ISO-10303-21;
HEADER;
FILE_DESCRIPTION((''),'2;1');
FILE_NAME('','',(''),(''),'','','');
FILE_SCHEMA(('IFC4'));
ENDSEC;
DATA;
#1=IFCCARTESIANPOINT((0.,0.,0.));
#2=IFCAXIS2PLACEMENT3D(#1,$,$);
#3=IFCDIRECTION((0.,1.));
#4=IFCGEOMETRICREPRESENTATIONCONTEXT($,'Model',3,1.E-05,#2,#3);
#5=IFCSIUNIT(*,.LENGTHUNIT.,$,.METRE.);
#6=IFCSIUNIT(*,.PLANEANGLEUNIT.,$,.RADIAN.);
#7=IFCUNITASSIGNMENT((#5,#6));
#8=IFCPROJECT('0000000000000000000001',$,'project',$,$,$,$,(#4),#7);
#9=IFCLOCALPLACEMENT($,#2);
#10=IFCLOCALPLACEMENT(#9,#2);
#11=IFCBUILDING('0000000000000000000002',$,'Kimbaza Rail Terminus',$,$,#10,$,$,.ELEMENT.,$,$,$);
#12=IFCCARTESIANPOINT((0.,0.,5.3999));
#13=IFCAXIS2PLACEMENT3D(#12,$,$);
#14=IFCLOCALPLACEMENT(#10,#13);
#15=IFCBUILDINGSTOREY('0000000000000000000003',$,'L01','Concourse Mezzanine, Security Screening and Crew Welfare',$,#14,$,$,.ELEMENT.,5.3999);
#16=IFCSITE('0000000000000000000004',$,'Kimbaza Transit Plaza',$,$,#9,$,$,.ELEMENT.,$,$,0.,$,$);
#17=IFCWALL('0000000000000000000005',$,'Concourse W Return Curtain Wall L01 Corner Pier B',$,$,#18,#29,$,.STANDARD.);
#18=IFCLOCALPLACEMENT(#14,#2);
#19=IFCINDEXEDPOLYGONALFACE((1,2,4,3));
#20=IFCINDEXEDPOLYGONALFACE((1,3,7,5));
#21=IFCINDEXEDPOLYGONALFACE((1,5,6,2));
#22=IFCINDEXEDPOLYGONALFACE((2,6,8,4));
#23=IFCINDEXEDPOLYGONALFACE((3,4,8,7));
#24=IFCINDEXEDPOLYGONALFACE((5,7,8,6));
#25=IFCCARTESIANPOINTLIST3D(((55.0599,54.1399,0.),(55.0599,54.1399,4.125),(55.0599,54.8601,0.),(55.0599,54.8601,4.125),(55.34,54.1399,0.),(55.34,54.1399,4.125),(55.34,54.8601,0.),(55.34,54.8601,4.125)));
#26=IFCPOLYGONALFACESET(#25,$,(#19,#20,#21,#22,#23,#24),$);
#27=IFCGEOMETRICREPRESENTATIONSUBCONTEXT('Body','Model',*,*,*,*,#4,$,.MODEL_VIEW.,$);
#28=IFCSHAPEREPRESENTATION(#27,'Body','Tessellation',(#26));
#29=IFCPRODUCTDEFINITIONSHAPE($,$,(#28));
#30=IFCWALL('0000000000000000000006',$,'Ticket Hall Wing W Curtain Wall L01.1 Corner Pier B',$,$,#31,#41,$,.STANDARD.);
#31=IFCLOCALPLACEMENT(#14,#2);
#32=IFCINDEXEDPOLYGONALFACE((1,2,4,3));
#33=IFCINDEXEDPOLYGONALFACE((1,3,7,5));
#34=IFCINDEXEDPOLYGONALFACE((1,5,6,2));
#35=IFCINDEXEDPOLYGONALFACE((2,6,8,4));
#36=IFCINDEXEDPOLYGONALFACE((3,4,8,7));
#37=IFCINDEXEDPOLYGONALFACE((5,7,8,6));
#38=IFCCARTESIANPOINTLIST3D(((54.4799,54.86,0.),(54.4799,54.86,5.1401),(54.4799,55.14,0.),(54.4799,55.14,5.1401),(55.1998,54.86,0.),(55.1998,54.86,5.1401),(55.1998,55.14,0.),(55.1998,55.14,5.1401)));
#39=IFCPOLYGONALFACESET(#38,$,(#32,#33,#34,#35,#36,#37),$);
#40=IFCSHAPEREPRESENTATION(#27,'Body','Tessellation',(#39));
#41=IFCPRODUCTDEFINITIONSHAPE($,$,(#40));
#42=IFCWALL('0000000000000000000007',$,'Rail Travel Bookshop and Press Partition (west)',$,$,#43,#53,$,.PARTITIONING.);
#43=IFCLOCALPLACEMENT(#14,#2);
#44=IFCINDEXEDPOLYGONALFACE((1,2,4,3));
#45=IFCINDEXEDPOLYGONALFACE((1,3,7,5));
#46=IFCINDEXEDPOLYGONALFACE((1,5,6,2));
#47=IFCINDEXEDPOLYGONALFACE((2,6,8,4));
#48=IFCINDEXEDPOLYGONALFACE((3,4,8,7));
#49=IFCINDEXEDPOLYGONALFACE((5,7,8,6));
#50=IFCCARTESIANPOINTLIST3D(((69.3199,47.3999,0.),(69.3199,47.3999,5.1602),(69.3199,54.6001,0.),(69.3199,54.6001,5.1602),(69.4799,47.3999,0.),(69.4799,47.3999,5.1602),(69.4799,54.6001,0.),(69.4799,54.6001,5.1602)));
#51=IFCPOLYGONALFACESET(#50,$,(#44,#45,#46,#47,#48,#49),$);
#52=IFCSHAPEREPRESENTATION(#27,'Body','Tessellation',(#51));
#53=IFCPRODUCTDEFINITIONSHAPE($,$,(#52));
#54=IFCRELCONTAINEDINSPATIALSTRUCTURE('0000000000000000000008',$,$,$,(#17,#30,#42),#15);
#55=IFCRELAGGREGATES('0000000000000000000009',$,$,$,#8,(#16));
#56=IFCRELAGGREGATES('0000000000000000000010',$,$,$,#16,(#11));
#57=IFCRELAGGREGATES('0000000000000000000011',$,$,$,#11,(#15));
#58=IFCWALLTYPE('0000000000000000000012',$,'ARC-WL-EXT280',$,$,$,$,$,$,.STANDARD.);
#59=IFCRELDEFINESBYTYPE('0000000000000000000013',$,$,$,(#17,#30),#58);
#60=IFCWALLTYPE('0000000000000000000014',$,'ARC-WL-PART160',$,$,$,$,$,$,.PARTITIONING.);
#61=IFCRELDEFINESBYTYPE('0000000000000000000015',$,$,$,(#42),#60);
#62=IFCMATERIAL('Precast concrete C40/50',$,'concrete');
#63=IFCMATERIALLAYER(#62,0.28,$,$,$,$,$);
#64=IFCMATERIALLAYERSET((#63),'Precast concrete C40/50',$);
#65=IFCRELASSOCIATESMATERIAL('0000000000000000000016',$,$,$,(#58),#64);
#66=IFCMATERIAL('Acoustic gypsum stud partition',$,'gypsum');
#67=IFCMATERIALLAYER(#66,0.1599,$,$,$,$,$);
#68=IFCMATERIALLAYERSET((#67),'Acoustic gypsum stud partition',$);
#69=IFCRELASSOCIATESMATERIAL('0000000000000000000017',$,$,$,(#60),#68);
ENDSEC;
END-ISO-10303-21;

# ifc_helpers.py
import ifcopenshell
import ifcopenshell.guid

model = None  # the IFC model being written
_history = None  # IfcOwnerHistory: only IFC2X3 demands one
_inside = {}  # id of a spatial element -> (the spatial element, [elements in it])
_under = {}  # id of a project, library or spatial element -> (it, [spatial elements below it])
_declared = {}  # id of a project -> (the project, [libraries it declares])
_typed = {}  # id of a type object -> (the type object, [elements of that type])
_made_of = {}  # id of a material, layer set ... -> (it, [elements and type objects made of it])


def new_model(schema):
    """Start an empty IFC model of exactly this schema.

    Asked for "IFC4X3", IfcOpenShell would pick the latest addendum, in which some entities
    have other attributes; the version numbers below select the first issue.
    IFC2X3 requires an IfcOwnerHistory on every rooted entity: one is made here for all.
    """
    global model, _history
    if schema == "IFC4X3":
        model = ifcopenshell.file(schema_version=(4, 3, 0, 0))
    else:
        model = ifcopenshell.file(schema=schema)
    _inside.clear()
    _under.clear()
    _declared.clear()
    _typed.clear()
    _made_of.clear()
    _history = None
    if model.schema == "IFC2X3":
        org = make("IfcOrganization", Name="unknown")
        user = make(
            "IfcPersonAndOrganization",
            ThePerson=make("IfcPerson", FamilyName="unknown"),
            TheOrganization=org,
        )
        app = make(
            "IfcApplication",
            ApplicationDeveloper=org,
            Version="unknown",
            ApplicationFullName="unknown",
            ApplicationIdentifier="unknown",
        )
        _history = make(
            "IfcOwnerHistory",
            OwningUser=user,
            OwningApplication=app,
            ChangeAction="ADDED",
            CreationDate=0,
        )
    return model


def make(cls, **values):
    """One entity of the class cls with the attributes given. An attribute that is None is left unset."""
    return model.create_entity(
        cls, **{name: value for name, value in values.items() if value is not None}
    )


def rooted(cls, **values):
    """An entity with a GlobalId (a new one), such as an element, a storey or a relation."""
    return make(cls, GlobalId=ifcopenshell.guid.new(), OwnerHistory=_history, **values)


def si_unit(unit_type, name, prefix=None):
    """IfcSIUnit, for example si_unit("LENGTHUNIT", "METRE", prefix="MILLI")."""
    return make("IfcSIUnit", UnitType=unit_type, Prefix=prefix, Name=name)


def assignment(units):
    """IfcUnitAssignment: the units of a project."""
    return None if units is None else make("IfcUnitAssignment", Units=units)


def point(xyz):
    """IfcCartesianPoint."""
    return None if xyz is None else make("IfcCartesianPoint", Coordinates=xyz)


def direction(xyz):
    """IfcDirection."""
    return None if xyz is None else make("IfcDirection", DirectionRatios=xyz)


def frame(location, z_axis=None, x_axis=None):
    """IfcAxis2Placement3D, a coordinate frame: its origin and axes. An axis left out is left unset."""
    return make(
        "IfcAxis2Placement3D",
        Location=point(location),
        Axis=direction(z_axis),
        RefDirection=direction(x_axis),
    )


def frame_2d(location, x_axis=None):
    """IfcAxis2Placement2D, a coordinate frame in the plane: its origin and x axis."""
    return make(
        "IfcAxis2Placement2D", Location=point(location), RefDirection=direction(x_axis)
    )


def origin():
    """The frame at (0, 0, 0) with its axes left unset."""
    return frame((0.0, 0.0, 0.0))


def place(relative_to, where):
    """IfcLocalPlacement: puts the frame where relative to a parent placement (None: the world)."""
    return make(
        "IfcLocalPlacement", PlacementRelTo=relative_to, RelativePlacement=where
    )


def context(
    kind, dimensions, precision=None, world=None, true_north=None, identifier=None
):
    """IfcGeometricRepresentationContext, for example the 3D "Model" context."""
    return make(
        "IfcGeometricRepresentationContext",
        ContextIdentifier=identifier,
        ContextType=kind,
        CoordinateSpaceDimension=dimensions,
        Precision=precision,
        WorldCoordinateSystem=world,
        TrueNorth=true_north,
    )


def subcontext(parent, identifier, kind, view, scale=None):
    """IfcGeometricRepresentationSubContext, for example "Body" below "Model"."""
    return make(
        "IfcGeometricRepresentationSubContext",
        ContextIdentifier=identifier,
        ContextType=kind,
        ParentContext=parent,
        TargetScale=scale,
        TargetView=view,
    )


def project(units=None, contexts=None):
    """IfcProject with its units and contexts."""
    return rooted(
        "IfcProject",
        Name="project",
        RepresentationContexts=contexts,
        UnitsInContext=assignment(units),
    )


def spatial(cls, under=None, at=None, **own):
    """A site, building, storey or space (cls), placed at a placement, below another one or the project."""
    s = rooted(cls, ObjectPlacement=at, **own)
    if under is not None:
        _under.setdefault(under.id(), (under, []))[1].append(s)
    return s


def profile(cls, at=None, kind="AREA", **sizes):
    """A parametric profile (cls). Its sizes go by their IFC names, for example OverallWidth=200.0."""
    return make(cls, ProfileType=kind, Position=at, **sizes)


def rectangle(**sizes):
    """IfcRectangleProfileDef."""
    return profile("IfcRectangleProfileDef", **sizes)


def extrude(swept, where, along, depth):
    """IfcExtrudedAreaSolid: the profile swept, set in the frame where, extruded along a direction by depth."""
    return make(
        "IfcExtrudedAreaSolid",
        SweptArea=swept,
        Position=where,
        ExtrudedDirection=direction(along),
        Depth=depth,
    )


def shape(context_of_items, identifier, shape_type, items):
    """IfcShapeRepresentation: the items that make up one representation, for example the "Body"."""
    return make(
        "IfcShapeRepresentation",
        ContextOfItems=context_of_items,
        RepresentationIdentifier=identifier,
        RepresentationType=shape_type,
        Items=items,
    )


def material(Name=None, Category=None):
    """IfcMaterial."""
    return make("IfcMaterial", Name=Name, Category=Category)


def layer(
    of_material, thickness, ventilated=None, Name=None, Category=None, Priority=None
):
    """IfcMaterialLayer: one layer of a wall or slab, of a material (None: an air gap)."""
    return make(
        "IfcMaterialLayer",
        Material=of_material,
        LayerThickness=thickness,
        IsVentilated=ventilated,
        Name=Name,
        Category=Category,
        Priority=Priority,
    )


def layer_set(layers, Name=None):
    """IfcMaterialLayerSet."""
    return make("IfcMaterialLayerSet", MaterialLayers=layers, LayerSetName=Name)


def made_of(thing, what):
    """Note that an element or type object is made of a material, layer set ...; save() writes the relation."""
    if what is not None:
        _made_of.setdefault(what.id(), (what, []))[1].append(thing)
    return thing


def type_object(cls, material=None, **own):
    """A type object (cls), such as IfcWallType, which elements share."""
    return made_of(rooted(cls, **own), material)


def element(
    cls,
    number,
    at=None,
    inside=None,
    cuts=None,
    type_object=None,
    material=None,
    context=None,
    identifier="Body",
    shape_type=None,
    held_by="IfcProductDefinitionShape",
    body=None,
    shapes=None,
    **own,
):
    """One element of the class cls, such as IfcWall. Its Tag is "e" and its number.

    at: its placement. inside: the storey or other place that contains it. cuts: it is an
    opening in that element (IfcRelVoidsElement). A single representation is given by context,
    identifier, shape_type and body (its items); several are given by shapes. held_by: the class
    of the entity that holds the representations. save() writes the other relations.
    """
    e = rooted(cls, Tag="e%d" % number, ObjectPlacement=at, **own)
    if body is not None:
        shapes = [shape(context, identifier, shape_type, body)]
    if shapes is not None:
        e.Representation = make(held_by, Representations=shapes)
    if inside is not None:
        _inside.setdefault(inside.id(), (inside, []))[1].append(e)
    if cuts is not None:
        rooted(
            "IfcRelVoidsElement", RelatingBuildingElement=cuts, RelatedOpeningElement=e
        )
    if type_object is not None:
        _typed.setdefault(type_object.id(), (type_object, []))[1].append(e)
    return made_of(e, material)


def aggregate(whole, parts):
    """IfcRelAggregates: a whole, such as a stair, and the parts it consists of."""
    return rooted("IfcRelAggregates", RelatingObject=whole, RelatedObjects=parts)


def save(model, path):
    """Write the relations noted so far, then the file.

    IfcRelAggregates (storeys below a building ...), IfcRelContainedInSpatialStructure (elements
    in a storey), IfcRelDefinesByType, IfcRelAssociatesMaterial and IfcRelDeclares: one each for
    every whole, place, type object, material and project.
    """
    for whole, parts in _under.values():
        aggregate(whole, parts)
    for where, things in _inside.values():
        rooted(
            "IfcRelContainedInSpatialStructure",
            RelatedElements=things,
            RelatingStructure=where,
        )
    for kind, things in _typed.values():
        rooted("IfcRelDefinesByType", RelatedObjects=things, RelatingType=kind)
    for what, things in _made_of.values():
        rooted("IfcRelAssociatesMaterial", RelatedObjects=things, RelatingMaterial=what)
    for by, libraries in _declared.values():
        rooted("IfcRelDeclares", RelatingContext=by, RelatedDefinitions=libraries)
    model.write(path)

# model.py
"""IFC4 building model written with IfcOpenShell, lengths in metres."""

from ifc_helpers import new_model, si_unit, direction, frame, frame_2d, origin, place, context, subcontext, project, spatial, rectangle, extrude, material, layer, layer_set, type_object, element, save


model = new_model("IFC4")

# Units and contexts
model_context = context("Model", 3, precision=1e-05, world=origin(), true_north=direction((0.0, 1.0)))
body_context = subcontext(model_context, "Body", "Model", "MODEL_VIEW")
ifc_project = project(units=[si_unit("LENGTHUNIT", "METRE"), si_unit("PLANEANGLEUNIT", "RADIAN")], contexts=[model_context])

# Site, building, storey
site_placement = place(None, origin())
site = spatial("IfcSite", under=ifc_project, at=site_placement, Name="Kimbaza Transit Plaza", CompositionType="ELEMENT", RefElevation=0.0)
building_placement = place(site_placement, origin())
building = spatial("IfcBuilding", under=site, at=building_placement, Name="Kimbaza Rail Terminus", CompositionType="ELEMENT")
storey_placement = place(building_placement, frame((0.0, 0.0, 5.3999)))
storey = spatial("IfcBuildingStorey", under=building, at=storey_placement, Name="L01", Description="Concourse Mezzanine, Security Screening and Crew Welfare", CompositionType="ELEMENT", Elevation=5.3999)

# Walls
ifc_material_1 = material(Name="Precast concrete C40/50", Category="concrete")
ifc_layer_1 = layer(ifc_material_1, 0.28)
ifc_layer_set_1 = layer_set([ifc_layer_1], Name="Precast concrete C40/50")
wall_type_1 = type_object("IfcWallType", Name="ARC-WL-EXT280", PredefinedType="STANDARD", material=ifc_layer_set_1)
wall_1_placement = place(storey_placement, frame((55.2, 54.1399, 0.0), z_axis=(0.0, 0.0, 1.0), x_axis=(0.0, 1.0, 0.0)))
element("IfcWall", 1, at=wall_1_placement, inside=storey, type_object=wall_type_1, Name="Concourse W Return Curtain Wall L01 Corner Pier B", PredefinedType="STANDARD", context=body_context, shape_type="SweptSolid", body=[
    extrude(rectangle(XDim=0.7202, YDim=0.28, at=frame_2d((0.3601, 0.0))), origin(), (0.0, 0.0, 1.0), 4.125),
])
wall_2_placement = place(storey_placement, frame((54.48, 55.0, 0.0), z_axis=(0.0, 0.0, 1.0), x_axis=(1.0, 0.0, 0.0)))
element("IfcWall", 2, at=wall_2_placement, inside=storey, type_object=wall_type_1, Name="Ticket Hall Wing W Curtain Wall L01.1 Corner Pier B", PredefinedType="STANDARD", context=body_context, shape_type="SweptSolid", body=[
    extrude(rectangle(XDim=0.72, YDim=0.28, at=frame_2d((0.3599, 0.0))), origin(), (0.0, 0.0, 1.0), 5.1401),
])
ifc_material_2 = material(Name="Acoustic gypsum stud partition", Category="gypsum")
ifc_layer_2 = layer(ifc_material_2, 0.1599)
ifc_layer_set_2 = layer_set([ifc_layer_2], Name="Acoustic gypsum stud partition")
wall_type_2 = type_object("IfcWallType", Name="ARC-WL-PART160", PredefinedType="PARTITIONING", material=ifc_layer_set_2)
wall_3_placement = place(storey_placement, frame((69.3999, 54.6001, 0.0), z_axis=(0.0, 0.0, 1.0), x_axis=(0.0, -1.0, 0.0)))
element("IfcWall", 3, at=wall_3_placement, inside=storey, type_object=wall_type_2, Name="Rail Travel Bookshop and Press Partition (west)", PredefinedType="PARTITIONING", context=body_context, shape_type="SweptSolid", body=[
    extrude(rectangle(XDim=7.2002, YDim=0.1599, at=frame_2d((3.6001, 0.0))), origin(), (0.0, 0.0, 1.0), 5.1602),
])

save(model, "model.ifc")
